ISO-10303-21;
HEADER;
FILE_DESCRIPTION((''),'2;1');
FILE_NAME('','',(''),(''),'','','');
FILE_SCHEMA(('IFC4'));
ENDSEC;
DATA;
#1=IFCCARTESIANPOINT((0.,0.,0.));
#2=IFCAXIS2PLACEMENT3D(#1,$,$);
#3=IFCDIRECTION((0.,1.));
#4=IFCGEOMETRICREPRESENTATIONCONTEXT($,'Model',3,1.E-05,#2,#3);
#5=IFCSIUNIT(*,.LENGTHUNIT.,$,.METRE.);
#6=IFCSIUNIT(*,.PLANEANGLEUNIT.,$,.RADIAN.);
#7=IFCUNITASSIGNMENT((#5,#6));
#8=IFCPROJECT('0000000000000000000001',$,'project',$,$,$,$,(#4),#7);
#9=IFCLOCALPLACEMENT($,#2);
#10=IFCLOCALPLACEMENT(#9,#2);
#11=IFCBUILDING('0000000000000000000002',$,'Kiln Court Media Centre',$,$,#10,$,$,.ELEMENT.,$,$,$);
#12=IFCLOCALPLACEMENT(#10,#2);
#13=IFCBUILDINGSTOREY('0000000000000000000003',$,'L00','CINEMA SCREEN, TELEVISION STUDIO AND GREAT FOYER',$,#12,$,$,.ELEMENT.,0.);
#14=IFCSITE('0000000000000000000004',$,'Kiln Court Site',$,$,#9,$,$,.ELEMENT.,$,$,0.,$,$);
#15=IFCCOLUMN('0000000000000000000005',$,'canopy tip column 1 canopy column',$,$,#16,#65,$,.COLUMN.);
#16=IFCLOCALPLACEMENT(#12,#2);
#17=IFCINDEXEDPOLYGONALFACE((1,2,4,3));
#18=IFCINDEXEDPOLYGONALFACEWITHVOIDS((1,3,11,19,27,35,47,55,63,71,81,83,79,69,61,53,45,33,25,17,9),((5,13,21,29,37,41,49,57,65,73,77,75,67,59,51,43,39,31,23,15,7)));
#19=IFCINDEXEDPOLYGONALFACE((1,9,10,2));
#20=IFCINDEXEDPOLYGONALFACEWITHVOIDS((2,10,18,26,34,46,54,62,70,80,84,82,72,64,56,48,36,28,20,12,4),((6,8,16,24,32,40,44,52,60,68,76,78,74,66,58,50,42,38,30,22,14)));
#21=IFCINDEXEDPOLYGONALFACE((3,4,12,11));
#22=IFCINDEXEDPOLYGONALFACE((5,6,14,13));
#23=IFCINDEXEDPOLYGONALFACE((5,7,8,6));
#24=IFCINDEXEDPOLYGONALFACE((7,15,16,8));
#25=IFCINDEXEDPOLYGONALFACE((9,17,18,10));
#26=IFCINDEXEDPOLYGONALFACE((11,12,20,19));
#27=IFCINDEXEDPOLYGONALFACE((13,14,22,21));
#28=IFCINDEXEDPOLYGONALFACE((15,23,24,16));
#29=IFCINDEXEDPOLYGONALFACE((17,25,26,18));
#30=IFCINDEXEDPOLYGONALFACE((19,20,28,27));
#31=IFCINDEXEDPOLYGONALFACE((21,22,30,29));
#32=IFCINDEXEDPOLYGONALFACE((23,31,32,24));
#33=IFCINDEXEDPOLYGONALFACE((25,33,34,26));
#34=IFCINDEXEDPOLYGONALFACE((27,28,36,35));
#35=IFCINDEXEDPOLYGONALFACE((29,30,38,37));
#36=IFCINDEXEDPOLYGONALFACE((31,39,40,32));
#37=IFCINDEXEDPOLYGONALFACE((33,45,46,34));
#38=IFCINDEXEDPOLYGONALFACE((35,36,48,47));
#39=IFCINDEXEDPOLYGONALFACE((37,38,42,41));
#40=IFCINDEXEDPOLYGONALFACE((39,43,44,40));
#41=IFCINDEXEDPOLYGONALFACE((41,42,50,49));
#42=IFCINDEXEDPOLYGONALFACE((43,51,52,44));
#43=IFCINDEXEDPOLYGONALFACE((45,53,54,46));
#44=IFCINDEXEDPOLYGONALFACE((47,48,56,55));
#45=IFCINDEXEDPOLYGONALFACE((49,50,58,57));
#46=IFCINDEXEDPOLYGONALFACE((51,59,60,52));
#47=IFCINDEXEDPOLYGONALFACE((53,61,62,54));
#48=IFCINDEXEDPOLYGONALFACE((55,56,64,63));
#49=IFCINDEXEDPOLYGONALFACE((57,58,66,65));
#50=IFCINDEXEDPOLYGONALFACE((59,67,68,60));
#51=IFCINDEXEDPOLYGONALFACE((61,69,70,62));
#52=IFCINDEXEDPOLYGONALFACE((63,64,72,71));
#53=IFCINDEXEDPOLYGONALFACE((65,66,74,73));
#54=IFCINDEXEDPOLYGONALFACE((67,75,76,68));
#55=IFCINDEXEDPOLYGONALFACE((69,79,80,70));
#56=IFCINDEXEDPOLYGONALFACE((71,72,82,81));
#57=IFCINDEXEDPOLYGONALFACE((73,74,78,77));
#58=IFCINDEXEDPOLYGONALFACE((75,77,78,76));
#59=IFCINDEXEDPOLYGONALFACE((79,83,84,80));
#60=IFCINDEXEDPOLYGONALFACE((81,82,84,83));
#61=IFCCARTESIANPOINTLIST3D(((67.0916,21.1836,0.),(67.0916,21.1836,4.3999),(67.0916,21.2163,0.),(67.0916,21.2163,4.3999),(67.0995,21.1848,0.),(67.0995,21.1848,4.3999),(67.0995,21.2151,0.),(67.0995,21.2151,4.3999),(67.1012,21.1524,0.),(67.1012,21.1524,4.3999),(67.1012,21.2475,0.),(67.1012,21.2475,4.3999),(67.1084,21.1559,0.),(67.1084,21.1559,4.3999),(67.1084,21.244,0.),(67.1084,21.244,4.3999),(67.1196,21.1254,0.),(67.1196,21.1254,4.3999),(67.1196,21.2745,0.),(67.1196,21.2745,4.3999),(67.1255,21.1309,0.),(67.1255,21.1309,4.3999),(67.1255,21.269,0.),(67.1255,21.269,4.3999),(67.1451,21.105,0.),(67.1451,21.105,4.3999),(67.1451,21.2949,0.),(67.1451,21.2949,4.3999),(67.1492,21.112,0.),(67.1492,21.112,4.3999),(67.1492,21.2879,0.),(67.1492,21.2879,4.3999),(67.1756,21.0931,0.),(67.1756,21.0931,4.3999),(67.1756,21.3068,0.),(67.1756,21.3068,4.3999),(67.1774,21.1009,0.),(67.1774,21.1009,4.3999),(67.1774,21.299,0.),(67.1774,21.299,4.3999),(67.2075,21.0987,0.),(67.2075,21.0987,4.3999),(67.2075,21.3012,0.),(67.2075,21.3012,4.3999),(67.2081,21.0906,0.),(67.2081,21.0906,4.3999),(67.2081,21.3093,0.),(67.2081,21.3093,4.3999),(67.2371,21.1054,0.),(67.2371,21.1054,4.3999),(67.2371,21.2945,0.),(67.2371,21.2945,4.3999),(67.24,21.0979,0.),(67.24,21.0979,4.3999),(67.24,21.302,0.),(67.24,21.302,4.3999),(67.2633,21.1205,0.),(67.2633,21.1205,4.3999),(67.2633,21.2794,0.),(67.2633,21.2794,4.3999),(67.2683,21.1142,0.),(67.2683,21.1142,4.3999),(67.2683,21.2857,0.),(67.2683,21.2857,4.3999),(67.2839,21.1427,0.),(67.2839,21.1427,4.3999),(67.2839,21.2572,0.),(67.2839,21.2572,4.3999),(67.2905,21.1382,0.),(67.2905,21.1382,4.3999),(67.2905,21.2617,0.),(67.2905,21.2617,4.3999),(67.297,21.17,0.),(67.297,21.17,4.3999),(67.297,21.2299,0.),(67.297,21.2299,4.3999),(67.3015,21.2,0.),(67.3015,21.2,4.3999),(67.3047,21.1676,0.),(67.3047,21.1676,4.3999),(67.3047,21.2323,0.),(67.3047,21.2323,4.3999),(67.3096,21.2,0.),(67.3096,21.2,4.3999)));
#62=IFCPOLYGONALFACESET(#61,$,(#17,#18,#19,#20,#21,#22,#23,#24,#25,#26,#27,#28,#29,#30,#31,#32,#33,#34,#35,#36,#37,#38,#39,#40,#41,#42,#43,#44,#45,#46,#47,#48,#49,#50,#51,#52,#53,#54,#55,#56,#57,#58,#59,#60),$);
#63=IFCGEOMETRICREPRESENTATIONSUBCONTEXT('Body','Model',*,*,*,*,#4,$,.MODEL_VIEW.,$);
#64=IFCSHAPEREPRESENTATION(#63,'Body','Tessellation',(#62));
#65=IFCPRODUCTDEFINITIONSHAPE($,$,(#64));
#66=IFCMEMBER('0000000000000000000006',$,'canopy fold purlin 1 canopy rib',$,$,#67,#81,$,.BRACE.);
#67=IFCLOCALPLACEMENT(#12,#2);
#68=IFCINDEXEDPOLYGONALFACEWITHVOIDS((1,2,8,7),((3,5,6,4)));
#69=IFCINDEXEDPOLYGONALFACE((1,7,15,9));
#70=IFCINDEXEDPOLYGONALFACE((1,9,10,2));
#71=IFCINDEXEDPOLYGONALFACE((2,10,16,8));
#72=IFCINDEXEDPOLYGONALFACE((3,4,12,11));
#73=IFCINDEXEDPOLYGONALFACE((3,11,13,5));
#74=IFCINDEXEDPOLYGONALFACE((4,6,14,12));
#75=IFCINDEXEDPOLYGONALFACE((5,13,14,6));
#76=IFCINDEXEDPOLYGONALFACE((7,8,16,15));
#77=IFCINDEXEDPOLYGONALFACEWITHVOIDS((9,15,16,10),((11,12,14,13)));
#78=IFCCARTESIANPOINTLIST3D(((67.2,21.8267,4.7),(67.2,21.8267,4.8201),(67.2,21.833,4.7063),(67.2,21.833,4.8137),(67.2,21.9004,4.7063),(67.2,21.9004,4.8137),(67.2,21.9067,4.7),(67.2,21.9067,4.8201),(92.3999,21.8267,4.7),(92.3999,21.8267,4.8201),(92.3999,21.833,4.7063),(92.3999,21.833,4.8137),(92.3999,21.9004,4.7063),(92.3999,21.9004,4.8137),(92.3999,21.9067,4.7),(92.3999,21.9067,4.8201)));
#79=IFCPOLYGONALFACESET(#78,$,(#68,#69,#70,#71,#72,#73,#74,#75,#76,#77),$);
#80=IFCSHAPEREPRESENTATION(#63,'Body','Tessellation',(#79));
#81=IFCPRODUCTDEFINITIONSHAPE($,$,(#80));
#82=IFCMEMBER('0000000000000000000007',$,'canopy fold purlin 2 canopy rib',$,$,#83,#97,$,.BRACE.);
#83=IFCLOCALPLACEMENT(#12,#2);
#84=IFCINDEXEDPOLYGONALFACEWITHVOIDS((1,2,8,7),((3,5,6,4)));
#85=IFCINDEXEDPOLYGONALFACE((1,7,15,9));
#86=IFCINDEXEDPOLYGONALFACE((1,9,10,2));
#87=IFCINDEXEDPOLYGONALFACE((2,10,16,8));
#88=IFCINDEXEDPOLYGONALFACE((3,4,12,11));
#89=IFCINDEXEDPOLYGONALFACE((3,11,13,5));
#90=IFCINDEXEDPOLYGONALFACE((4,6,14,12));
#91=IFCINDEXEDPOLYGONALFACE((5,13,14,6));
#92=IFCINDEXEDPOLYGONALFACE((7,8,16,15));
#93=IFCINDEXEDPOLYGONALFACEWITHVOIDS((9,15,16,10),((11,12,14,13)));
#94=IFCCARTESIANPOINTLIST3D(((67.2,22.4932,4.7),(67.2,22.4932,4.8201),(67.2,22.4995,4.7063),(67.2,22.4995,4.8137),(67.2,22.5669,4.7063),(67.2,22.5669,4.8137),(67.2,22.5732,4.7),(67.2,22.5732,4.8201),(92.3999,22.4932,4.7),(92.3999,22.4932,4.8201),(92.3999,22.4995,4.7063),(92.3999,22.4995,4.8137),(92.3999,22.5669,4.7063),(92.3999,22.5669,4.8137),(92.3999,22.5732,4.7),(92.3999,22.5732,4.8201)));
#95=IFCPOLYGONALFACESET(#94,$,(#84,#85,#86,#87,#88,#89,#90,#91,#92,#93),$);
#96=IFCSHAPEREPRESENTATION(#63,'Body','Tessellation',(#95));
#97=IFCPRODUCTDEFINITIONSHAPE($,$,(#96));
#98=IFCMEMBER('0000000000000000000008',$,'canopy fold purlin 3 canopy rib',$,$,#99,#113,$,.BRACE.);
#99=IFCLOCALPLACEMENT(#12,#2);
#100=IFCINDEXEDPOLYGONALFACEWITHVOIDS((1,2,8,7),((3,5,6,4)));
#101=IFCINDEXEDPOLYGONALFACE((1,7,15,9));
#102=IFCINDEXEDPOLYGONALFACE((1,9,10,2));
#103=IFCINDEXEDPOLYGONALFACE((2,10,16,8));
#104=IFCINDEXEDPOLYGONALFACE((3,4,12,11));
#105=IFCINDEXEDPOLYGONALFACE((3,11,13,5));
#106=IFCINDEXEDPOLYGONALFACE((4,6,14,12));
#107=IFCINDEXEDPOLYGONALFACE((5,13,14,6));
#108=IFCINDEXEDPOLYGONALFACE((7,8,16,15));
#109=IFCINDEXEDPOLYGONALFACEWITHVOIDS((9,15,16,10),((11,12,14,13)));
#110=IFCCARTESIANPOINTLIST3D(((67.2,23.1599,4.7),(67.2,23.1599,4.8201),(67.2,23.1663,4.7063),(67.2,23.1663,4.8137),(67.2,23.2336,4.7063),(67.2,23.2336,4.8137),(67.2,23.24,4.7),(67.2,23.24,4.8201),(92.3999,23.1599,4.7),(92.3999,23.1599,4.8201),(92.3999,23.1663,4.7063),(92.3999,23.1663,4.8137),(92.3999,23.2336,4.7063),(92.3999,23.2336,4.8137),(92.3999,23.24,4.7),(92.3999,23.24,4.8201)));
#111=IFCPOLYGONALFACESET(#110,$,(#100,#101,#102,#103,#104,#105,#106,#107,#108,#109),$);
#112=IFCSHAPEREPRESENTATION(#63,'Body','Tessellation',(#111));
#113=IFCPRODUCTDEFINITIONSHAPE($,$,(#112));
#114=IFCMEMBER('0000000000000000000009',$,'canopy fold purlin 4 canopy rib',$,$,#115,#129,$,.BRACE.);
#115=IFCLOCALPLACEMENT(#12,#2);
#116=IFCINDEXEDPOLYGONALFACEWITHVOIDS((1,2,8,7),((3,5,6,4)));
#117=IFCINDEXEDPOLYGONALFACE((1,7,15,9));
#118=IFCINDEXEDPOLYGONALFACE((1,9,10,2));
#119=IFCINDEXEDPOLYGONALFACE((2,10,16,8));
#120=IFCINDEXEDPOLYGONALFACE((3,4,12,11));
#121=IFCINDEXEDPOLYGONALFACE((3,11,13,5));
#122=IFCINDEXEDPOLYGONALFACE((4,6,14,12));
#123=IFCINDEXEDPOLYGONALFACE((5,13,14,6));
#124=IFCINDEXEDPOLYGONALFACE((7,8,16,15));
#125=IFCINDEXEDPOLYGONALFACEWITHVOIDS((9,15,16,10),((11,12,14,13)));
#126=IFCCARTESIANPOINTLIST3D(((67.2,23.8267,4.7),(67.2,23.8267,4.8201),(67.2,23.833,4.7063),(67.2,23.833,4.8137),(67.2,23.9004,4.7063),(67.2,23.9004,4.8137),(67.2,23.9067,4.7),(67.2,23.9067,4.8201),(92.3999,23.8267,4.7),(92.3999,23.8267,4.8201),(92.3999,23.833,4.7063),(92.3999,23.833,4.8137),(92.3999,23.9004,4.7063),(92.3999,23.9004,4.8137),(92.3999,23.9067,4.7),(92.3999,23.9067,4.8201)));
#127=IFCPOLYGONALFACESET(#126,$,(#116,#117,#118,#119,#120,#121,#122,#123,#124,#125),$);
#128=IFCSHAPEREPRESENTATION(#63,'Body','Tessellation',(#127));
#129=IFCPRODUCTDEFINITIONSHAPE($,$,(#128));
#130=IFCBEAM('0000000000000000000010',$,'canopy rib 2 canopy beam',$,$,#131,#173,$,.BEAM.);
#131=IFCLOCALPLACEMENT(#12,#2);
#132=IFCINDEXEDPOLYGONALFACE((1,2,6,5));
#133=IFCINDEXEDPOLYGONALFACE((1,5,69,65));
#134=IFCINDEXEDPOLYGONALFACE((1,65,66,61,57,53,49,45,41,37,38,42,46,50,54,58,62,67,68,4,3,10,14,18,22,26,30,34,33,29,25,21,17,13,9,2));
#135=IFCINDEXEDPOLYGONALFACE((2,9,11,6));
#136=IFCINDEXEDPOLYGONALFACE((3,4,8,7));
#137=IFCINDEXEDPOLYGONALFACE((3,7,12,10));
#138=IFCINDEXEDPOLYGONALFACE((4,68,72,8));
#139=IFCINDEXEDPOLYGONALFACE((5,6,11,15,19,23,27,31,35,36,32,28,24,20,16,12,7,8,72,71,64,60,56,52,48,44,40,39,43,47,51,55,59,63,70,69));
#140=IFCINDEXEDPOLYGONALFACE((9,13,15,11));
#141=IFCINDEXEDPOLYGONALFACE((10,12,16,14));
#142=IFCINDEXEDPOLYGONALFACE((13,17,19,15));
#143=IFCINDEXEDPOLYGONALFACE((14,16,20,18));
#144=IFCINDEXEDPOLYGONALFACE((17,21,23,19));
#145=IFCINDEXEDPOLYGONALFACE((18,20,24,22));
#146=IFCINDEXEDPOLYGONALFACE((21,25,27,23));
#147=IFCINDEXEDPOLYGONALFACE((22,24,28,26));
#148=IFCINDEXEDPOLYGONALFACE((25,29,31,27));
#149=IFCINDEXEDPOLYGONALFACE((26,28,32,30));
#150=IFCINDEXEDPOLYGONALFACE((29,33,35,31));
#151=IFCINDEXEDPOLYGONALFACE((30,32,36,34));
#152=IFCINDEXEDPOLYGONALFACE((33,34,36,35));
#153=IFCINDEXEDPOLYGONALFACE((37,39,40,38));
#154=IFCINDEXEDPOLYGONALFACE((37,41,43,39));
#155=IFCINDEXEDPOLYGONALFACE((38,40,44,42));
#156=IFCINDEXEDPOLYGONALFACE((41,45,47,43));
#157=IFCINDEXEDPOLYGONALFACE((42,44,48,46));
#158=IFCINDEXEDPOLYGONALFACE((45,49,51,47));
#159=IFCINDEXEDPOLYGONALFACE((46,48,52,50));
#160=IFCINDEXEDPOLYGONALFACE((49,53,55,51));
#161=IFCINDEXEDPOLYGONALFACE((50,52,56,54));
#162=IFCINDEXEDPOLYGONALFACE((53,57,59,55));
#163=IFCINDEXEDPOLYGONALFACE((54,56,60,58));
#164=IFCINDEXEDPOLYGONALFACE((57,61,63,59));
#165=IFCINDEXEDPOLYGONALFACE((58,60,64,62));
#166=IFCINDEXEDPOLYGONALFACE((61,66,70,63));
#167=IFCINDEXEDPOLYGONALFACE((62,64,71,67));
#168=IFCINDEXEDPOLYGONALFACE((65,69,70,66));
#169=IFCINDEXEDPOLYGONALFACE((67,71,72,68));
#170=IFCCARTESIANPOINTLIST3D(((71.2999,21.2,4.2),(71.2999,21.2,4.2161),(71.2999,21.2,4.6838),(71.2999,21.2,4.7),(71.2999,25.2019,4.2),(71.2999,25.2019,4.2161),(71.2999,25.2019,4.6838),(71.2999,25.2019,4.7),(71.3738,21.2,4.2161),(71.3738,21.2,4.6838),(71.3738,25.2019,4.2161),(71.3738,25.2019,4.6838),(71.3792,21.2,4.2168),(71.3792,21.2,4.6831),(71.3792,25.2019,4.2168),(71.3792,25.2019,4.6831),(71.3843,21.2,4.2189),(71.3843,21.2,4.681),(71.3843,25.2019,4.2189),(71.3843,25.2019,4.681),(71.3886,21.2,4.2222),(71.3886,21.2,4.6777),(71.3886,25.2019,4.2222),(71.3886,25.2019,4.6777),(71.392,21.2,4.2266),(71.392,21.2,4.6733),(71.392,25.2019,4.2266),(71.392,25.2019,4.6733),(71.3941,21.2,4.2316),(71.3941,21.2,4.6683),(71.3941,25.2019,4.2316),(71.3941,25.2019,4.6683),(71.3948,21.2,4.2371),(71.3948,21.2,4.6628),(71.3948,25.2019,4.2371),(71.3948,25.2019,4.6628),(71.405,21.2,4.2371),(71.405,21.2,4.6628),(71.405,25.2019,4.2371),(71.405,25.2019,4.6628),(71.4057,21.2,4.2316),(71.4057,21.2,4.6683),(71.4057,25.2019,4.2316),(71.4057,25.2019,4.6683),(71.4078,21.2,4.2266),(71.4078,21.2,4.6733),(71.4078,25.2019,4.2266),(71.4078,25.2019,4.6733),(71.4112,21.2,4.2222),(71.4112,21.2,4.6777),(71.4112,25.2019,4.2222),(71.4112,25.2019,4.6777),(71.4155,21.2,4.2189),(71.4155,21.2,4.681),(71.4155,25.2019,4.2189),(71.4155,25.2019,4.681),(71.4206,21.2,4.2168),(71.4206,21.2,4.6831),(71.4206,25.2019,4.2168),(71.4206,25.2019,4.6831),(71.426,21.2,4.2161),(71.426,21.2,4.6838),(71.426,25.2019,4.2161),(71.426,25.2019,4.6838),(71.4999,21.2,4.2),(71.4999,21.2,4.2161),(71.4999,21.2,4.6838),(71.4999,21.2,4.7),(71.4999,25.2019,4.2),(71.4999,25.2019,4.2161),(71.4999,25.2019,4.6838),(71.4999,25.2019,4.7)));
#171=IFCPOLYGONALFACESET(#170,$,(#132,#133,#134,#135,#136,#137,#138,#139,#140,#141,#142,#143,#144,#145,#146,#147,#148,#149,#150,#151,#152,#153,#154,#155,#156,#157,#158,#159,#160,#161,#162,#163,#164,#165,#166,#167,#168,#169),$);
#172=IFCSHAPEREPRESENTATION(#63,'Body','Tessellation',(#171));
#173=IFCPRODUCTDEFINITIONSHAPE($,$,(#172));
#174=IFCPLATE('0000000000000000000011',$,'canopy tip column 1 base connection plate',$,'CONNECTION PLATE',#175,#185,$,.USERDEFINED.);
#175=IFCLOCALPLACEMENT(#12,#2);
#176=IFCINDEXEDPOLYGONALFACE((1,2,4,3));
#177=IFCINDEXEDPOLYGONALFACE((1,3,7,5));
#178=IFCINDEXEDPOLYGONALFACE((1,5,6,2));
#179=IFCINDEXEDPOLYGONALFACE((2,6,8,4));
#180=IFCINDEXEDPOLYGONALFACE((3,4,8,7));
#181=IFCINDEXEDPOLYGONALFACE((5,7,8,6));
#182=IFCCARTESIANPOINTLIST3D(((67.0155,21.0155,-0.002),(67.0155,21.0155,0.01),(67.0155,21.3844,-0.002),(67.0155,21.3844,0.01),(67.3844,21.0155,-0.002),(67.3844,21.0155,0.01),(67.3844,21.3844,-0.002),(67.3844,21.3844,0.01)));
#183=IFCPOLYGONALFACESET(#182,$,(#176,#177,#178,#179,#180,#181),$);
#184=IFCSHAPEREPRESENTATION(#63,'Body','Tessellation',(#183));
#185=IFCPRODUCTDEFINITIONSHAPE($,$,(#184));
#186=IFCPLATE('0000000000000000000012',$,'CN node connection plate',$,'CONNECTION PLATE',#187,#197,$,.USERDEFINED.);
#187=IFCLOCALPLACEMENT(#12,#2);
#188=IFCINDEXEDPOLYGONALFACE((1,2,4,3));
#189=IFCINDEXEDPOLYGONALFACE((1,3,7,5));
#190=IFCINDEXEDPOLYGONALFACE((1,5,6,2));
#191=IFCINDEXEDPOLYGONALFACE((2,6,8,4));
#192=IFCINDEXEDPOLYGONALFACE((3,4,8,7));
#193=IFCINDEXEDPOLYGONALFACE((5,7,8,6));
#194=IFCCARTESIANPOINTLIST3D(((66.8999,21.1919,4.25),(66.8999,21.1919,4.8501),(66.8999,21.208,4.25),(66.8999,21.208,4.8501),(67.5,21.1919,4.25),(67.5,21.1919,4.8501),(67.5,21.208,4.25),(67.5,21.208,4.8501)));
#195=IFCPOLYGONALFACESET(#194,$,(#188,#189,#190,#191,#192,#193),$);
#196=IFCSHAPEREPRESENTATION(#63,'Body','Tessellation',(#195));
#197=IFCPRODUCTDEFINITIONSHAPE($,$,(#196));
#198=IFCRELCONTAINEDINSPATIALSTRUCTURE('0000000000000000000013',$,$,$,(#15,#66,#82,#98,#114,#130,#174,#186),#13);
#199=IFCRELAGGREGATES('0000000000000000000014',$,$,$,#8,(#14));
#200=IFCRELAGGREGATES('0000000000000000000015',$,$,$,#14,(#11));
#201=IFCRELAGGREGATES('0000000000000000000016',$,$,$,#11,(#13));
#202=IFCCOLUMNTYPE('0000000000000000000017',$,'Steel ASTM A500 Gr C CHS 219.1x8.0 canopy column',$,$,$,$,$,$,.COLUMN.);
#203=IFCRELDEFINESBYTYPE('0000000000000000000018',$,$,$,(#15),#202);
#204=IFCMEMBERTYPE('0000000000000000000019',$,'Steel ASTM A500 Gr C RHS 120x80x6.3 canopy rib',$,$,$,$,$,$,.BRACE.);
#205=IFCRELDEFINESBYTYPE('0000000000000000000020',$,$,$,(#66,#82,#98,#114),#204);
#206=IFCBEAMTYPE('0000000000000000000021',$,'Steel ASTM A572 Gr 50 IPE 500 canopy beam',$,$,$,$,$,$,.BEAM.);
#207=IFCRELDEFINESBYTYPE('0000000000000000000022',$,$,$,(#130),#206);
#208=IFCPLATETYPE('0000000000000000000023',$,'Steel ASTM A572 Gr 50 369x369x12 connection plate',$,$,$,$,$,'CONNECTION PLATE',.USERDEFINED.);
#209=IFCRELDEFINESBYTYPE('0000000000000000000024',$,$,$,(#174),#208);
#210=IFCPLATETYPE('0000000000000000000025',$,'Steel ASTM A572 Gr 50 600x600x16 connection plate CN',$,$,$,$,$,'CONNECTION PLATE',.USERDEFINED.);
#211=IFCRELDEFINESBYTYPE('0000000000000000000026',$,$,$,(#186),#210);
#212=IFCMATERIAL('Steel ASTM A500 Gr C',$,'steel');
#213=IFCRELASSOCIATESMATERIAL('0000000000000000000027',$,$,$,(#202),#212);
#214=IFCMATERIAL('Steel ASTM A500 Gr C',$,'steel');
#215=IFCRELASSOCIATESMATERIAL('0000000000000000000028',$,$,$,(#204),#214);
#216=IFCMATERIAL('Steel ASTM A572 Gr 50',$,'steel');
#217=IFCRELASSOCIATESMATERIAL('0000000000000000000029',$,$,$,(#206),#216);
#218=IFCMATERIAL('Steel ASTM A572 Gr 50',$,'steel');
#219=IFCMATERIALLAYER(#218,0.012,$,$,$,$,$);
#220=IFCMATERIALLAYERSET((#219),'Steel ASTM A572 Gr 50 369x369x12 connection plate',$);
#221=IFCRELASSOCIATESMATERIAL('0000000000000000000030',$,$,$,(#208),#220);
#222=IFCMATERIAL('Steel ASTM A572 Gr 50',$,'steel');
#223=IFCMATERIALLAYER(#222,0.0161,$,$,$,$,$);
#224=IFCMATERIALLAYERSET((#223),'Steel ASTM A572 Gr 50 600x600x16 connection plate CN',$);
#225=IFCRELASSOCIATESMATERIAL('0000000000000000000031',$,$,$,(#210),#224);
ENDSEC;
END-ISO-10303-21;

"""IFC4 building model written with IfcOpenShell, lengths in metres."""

from ifc_helpers import new_model, si_unit, direction, frame, origin, origin_2d, place, context, subcontext, project, spatial, rectangle, hollow_rectangle, hollow_circle, i_section, extrude, material, layer, layer_set, material_profile, profile_set, type_object, element, save


model = new_model("IFC4")

# Units and contexts
model_context = context("Model", 3, precision=1e-05, world=origin(), true_north=direction((0.0, 1.0)))
body_context = subcontext(model_context, "Body", "Model", "MODEL_VIEW")
ifc_project = project(units=[si_unit("LENGTHUNIT", "METRE"), si_unit("PLANEANGLEUNIT", "RADIAN")], contexts=[model_context])

# Site, building, storey
site_placement = place(None, origin())
site = spatial("IfcSite", under=ifc_project, at=site_placement, Name="Kiln Court Site", CompositionType="ELEMENT", RefElevation=0.0)
building_placement = place(site_placement, origin())
building = spatial("IfcBuilding", under=site, at=building_placement, Name="Kiln Court Media Centre", CompositionType="ELEMENT")
storey_placement = place(building_placement, origin())
storey = spatial("IfcBuildingStorey", under=building, at=storey_placement, Name="L00", Description="CINEMA SCREEN, TELEVISION STUDIO AND GREAT FOYER", CompositionType="ELEMENT", Elevation=0.0)

# Column
ifc_material_1 = material(Name="Steel ASTM A500 Gr C", Category="steel")
ifc_material_profile_1 = material_profile(ifc_material_1, hollow_circle(Radius=0.1096, WallThickness=0.0081, at=origin_2d()), Name="CHS 219.1x8.0")
ifc_profile_set_1 = profile_set([ifc_material_profile_1], Name="Steel ASTM A500 Gr C")
column_type = type_object("IfcColumnType", Name="Steel ASTM A500 Gr C CHS 219.1x8.0 canopy column", PredefinedType="COLUMN", material=ifc_profile_set_1)
column_placement = place(storey_placement, frame((67.2, 21.2, 0.0), z_axis=(0.0, 0.0, 1.0), x_axis=(1.0, 0.0, 0.0)))
element("IfcColumn", 1, at=column_placement, inside=storey, type_object=column_type, Name="canopy tip column 1 canopy column", PredefinedType="COLUMN", context=body_context, shape_type="SweptSolid", body=[
    extrude(hollow_circle(Radius=0.1096, WallThickness=0.0081, at=origin_2d()), origin(), (0.0, 0.0, 1.0), 4.3999),
])

# Members
ifc_material_2 = material(Name="Steel ASTM A500 Gr C", Category="steel")
ifc_material_profile_2 = material_profile(ifc_material_2, hollow_rectangle(XDim=0.0801, YDim=0.1201, WallThickness=0.0063, at=origin_2d()), Name="RHS 120x80x6.3")
ifc_profile_set_2 = profile_set([ifc_material_profile_2], Name="Steel ASTM A500 Gr C")
member_type = type_object("IfcMemberType", Name="Steel ASTM A500 Gr C RHS 120x80x6.3 canopy rib", PredefinedType="BRACE", material=ifc_profile_set_2)
for number, where, z_axis, x_axis, name in (
    (2, (67.2, 21.8667, 4.76), (1.0, 0.0, 0.0), (0.0, 1.0, 0.0), "canopy fold purlin 1 canopy rib"),
    (3, (67.2, 22.5332, 4.76), (1.0, 0.0, 0.0), (0.0, 1.0, 0.0), "canopy fold purlin 2 canopy rib"),
    (4, (67.2, 23.2, 4.76), (1.0, 0.0, 0.0), (0.0, 1.0, 0.0), "canopy fold purlin 3 canopy rib"),
    (5, (67.2, 23.8667, 4.76), (1.0, 0.0, 0.0), (0.0, 1.0, 0.0), "canopy fold purlin 4 canopy rib"),
):
    element("IfcMember", number, at=place(storey_placement, frame(where, z_axis=z_axis, x_axis=x_axis)), inside=storey, type_object=member_type, Name=name, PredefinedType="BRACE", context=body_context, shape_type="SweptSolid", body=[
        extrude(hollow_rectangle(XDim=0.0801, YDim=0.1201, WallThickness=0.0063, at=origin_2d()), origin(), (0.0, 0.0, 1.0), 25.2),
    ])

# Beam
ifc_material_3 = material(Name="Steel ASTM A572 Gr 50", Category="steel")
ifc_material_profile_3 = material_profile(ifc_material_3, i_section(OverallWidth=0.2, OverallDepth=0.5, WebThickness=0.0103, FlangeThickness=0.0161, FilletRadius=0.021, at=origin_2d()), Name="IPE 500")
ifc_profile_set_3 = profile_set([ifc_material_profile_3], Name="Steel ASTM A572 Gr 50")
beam_type = type_object("IfcBeamType", Name="Steel ASTM A572 Gr 50 IPE 500 canopy beam", PredefinedType="BEAM", material=ifc_profile_set_3)
beam_placement = place(storey_placement, frame((71.3999, 21.2, 4.45), z_axis=(0.0, 1.0, 0.0), x_axis=(-1.0, 0.0, 0.0)))
element("IfcBeam", 6, at=beam_placement, inside=storey, type_object=beam_type, Name="canopy rib 2 canopy beam", PredefinedType="BEAM", context=body_context, shape_type="SweptSolid", body=[
    extrude(i_section(OverallWidth=0.2, OverallDepth=0.5, WebThickness=0.0103, FlangeThickness=0.0161, FilletRadius=0.021, at=origin_2d()), origin(), (0.0, 0.0, 1.0), 4.002),
])

# Plates
ifc_material_4 = material(Name="Steel ASTM A572 Gr 50", Category="steel")
ifc_layer_1 = layer(ifc_material_4, 0.012)
ifc_layer_set_1 = layer_set([ifc_layer_1], Name="Steel ASTM A572 Gr 50 369x369x12 connection plate")
plate_type_1 = type_object("IfcPlateType", Name="Steel ASTM A572 Gr 50 369x369x12 connection plate", ElementType="CONNECTION PLATE", PredefinedType="USERDEFINED", material=ifc_layer_set_1)
plate_1_placement = place(storey_placement, frame((67.2, 21.2, -0.002), z_axis=(0.0, 0.0, 1.0), x_axis=(1.0, 0.0, 0.0)))
element("IfcPlate", 7, at=plate_1_placement, inside=storey, type_object=plate_type_1, Name="canopy tip column 1 base connection plate", ObjectType="CONNECTION PLATE", PredefinedType="USERDEFINED", context=body_context, shape_type="SweptSolid", body=[
    extrude(rectangle(XDim=0.3689, YDim=0.3689, at=origin_2d()), origin(), (0.0, 0.0, 1.0), 0.012),
])
ifc_material_5 = material(Name="Steel ASTM A572 Gr 50", Category="steel")
ifc_layer_2 = layer(ifc_material_5, 0.0161)
ifc_layer_set_2 = layer_set([ifc_layer_2], Name="Steel ASTM A572 Gr 50 600x600x16 connection plate CN")
plate_type_2 = type_object("IfcPlateType", Name="Steel ASTM A572 Gr 50 600x600x16 connection plate CN", ElementType="CONNECTION PLATE", PredefinedType="USERDEFINED", material=ifc_layer_set_2)
for number, where, z_axis, x_axis, name in (
    (8, (67.2, 21.2, 4.25), (0.0, 0.0, 1.0), (1.0, 0.0, 0.0), "CN node connection plate"),
):
    element("IfcPlate", number, at=place(storey_placement, frame(where, z_axis=z_axis, x_axis=x_axis)), inside=storey, type_object=plate_type_2, Name=name, ObjectType="CONNECTION PLATE", PredefinedType="USERDEFINED", context=body_context, shape_type="SweptSolid", body=[
        extrude(rectangle(XDim=0.6001, YDim=0.0161, at=origin_2d()), origin(), (0.0, 0.0, 1.0), 0.6001),
    ])

save(model, "model.ifc")
